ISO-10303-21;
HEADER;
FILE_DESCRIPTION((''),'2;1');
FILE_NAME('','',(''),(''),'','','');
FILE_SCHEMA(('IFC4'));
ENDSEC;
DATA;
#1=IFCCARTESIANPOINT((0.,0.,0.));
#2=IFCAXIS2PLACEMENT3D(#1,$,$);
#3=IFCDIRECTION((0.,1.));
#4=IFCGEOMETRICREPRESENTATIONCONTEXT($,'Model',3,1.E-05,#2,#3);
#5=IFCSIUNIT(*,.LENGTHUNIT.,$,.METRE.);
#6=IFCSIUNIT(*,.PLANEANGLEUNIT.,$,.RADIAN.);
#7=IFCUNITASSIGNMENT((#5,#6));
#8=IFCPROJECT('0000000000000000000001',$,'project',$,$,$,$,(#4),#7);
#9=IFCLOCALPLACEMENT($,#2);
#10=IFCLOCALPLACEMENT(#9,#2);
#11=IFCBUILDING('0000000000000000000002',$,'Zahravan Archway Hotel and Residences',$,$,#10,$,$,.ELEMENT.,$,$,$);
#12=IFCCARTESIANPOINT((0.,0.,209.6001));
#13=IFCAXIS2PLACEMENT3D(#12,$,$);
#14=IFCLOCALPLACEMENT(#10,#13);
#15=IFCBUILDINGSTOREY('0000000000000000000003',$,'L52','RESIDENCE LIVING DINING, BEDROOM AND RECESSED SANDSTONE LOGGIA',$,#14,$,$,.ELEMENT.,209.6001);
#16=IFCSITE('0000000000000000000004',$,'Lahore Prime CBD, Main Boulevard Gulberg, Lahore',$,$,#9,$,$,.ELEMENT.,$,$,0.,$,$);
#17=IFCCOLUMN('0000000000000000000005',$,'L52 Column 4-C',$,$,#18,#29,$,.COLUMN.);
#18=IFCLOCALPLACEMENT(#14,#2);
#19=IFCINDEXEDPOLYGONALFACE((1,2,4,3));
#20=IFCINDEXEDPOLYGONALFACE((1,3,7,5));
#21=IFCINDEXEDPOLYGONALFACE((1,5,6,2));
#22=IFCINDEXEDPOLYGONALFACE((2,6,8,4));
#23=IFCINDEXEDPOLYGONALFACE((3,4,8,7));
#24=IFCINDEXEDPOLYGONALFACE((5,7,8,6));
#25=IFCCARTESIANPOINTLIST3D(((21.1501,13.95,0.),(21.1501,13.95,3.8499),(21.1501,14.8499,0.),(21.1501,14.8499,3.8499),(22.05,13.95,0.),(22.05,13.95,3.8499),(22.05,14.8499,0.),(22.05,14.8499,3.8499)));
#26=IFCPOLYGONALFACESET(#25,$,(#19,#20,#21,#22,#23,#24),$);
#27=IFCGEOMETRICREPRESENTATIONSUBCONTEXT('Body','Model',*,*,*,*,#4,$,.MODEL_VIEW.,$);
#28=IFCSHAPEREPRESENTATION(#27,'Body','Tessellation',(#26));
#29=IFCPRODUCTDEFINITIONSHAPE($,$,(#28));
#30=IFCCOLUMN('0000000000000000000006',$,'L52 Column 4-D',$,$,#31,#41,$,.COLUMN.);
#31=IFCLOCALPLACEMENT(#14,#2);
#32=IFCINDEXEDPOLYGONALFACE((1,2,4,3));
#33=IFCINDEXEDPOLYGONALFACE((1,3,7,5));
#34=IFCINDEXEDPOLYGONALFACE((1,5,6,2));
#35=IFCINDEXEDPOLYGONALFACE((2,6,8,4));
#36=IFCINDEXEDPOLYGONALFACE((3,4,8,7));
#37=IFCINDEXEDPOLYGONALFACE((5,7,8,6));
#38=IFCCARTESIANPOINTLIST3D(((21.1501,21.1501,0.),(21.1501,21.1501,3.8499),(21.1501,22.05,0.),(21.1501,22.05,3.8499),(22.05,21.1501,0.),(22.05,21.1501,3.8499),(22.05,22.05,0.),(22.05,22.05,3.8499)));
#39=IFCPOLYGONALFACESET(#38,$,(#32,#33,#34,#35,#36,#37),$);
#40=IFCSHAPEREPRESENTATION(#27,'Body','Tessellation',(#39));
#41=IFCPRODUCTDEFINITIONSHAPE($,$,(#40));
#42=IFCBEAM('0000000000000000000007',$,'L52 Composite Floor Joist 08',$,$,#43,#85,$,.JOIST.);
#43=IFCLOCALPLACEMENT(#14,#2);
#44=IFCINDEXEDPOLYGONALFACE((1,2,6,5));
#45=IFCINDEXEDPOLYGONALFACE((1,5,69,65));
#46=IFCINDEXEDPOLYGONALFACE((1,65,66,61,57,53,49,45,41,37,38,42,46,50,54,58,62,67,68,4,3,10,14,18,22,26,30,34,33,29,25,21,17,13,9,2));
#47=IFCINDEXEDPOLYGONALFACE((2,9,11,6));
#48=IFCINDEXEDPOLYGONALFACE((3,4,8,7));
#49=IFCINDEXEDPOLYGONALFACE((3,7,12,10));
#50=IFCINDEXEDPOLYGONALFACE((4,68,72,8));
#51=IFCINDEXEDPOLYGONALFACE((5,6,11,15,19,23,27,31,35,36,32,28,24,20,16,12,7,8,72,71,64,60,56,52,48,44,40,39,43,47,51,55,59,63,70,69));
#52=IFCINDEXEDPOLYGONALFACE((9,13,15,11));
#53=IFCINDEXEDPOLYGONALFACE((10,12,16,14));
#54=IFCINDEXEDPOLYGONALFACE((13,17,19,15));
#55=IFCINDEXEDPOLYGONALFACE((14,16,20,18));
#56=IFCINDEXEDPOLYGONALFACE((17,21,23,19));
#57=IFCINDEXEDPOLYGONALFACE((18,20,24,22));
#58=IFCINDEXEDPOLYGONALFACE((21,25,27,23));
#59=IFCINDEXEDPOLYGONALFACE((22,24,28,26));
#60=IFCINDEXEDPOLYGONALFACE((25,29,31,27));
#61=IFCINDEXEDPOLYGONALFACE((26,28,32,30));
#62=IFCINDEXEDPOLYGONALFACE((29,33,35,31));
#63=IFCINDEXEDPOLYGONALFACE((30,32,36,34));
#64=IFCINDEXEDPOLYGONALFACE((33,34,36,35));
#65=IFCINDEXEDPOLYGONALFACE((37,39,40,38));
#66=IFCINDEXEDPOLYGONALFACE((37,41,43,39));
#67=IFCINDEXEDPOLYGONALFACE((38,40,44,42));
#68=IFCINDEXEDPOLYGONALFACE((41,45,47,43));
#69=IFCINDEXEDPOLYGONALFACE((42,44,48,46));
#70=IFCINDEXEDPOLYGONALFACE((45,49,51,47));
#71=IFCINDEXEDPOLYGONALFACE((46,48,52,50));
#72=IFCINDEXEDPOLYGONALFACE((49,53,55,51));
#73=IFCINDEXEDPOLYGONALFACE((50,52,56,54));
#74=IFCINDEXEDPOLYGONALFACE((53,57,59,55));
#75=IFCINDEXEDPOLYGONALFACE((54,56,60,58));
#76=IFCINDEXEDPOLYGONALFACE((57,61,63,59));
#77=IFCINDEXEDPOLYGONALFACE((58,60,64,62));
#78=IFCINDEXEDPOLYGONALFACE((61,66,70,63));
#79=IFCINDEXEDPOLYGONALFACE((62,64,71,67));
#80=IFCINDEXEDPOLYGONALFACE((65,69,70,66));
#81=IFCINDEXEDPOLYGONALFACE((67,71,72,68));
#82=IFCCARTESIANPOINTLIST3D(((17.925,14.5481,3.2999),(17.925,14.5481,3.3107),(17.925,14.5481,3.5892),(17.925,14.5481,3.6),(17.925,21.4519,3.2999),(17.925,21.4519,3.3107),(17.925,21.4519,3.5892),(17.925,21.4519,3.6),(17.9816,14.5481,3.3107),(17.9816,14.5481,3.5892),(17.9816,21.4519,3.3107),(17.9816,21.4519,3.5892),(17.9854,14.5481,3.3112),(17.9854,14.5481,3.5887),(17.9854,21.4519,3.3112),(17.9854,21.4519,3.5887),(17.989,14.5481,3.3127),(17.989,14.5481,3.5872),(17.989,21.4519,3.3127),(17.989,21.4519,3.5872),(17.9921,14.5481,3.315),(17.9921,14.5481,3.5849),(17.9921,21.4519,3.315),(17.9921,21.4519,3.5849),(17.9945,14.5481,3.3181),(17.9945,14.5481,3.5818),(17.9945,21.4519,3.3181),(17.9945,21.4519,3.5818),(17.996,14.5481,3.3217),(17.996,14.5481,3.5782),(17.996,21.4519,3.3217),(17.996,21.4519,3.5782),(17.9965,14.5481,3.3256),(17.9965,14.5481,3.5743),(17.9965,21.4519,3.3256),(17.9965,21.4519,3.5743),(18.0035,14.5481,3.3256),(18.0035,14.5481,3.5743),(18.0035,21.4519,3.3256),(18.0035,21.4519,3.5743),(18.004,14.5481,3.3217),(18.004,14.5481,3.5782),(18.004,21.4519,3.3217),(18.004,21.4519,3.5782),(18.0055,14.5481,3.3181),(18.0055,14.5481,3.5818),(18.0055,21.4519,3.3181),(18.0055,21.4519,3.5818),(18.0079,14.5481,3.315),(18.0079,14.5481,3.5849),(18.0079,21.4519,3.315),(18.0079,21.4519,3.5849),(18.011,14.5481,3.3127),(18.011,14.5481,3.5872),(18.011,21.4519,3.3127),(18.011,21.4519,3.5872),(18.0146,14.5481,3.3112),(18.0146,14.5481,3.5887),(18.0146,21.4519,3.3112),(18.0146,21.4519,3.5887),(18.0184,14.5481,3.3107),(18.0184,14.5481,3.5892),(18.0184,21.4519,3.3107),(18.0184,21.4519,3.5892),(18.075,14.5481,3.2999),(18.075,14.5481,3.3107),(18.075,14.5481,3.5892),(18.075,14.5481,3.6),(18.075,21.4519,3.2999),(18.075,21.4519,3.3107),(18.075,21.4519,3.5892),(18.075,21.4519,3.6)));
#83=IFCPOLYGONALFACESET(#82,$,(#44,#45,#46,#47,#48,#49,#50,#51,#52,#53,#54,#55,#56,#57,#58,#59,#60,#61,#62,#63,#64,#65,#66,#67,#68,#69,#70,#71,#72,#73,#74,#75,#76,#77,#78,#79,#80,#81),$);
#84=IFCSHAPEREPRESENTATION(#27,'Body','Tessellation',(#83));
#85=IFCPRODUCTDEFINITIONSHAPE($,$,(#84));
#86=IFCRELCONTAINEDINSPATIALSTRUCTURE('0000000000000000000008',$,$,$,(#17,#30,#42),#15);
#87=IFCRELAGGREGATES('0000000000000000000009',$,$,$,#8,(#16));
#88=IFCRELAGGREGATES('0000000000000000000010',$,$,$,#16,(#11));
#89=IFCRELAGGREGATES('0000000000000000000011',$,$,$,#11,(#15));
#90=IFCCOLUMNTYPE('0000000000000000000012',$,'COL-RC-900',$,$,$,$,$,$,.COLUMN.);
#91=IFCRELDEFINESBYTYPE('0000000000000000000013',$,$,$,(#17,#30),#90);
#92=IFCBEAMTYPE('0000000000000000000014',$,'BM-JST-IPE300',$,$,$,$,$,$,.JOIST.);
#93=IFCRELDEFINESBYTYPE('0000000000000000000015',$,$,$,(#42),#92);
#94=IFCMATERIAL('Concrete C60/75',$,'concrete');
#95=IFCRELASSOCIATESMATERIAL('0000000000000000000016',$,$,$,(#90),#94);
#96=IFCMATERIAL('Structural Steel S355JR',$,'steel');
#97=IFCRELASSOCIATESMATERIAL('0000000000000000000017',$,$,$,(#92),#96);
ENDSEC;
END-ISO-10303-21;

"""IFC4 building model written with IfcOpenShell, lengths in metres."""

from ifc_helpers import new_model, si_unit, direction, frame, origin, origin_2d, place, context, subcontext, project, spatial, rectangle, i_section, extrude, source, transform, mapped, material, material_profile, profile_set, type_object, element, save


model = new_model("IFC4")

# Units and contexts
model_context = context("Model", 3, precision=1e-05, world=origin(), true_north=direction((0.0, 1.0)))
body_context = subcontext(model_context, "Body", "Model", "MODEL_VIEW")
ifc_project = project(units=[si_unit("LENGTHUNIT", "METRE"), si_unit("PLANEANGLEUNIT", "RADIAN")], contexts=[model_context])

# Site, building, storey
site_placement = place(None, origin())
site = spatial("IfcSite", under=ifc_project, at=site_placement, Name="Lahore Prime CBD, Main Boulevard Gulberg, Lahore", CompositionType="ELEMENT", RefElevation=0.0)
building_placement = place(site_placement, origin())
building = spatial("IfcBuilding", under=site, at=building_placement, Name="Zahravan Archway Hotel and Residences", CompositionType="ELEMENT")
storey_placement = place(building_placement, frame((0.0, 0.0, 209.6001)))
storey = spatial("IfcBuildingStorey", under=building, at=storey_placement, Name="L52", Description="RESIDENCE LIVING DINING, BEDROOM AND RECESSED SANDSTONE LOGGIA", CompositionType="ELEMENT", Elevation=209.6001)

# Columns
ifc_material_1 = material(Name="Concrete C60/75", Category="concrete")
ifc_material_profile_1 = material_profile(ifc_material_1, rectangle(XDim=0.8999, YDim=0.8999, at=origin_2d()), Name="RC-COL-900x900", Category="concrete")
ifc_profile_set_1 = profile_set([ifc_material_profile_1], Name="Concrete C60/75")
column_type = type_object("IfcColumnType", Name="COL-RC-900", PredefinedType="COLUMN", material=ifc_profile_set_1)
shared_shape_1 = source(origin(), body_context, "Body", "SweptSolid", [
    extrude(rectangle(XDim=0.8999, YDim=0.8999, at=origin_2d()), origin(), (0.0, 0.0, 1.0), 3.8499),
])
for number, where, z_axis, x_axis, name in (
    (1, (21.6001, 14.3999, 0.0), (0.0, 0.0, 1.0), (1.0, 0.0, 0.0), "L52 Column 4-C"),
    (2, (21.6001, 21.6001, 0.0), (0.0, 0.0, 1.0), (1.0, 0.0, 0.0), "L52 Column 4-D"),
):
    element("IfcColumn", number, at=place(storey_placement, frame(where, z_axis=z_axis, x_axis=x_axis)), inside=storey, type_object=column_type, Name=name, PredefinedType="COLUMN", context=body_context, shape_type="MappedRepresentation", body=[
        mapped(shared_shape_1, transform((0.0, 0.0, 0.0), scale=1.0)),
    ])

# Beam
ifc_material_2 = material(Name="Structural Steel S355JR", Category="steel")
ifc_material_profile_2 = material_profile(ifc_material_2, i_section(OverallWidth=0.1499, OverallDepth=0.3, WebThickness=0.0071, FlangeThickness=0.0107, FilletRadius=0.0149, at=origin_2d()), Name="IPE 300", Category="steel")
ifc_profile_set_2 = profile_set([ifc_material_profile_2], Name="Structural Steel S355JR")
beam_type = type_object("IfcBeamType", Name="BM-JST-IPE300", PredefinedType="JOIST", material=ifc_profile_set_2)
shared_shape_2 = source(origin(), body_context, "Body", "SweptSolid", [
    extrude(i_section(OverallWidth=0.1499, OverallDepth=0.3, WebThickness=0.0071, FlangeThickness=0.0107, FilletRadius=0.0149, at=origin_2d()), origin(), (0.0, 0.0, 1.0), 6.9038),
])
beam_placement = place(storey_placement, frame((18.0, 14.5481, 3.45), z_axis=(0.0, 1.0, 0.0), x_axis=(-1.0, 0.0, 0.0)))
element("IfcBeam", 3, at=beam_placement, inside=storey, type_object=beam_type, Name="L52 Composite Floor Joist 08", PredefinedType="JOIST", context=body_context, shape_type="MappedRepresentation", body=[
    mapped(shared_shape_2, transform((0.0, 0.0, 0.0), scale=1.0)),
])

save(model, "model.ifc")
